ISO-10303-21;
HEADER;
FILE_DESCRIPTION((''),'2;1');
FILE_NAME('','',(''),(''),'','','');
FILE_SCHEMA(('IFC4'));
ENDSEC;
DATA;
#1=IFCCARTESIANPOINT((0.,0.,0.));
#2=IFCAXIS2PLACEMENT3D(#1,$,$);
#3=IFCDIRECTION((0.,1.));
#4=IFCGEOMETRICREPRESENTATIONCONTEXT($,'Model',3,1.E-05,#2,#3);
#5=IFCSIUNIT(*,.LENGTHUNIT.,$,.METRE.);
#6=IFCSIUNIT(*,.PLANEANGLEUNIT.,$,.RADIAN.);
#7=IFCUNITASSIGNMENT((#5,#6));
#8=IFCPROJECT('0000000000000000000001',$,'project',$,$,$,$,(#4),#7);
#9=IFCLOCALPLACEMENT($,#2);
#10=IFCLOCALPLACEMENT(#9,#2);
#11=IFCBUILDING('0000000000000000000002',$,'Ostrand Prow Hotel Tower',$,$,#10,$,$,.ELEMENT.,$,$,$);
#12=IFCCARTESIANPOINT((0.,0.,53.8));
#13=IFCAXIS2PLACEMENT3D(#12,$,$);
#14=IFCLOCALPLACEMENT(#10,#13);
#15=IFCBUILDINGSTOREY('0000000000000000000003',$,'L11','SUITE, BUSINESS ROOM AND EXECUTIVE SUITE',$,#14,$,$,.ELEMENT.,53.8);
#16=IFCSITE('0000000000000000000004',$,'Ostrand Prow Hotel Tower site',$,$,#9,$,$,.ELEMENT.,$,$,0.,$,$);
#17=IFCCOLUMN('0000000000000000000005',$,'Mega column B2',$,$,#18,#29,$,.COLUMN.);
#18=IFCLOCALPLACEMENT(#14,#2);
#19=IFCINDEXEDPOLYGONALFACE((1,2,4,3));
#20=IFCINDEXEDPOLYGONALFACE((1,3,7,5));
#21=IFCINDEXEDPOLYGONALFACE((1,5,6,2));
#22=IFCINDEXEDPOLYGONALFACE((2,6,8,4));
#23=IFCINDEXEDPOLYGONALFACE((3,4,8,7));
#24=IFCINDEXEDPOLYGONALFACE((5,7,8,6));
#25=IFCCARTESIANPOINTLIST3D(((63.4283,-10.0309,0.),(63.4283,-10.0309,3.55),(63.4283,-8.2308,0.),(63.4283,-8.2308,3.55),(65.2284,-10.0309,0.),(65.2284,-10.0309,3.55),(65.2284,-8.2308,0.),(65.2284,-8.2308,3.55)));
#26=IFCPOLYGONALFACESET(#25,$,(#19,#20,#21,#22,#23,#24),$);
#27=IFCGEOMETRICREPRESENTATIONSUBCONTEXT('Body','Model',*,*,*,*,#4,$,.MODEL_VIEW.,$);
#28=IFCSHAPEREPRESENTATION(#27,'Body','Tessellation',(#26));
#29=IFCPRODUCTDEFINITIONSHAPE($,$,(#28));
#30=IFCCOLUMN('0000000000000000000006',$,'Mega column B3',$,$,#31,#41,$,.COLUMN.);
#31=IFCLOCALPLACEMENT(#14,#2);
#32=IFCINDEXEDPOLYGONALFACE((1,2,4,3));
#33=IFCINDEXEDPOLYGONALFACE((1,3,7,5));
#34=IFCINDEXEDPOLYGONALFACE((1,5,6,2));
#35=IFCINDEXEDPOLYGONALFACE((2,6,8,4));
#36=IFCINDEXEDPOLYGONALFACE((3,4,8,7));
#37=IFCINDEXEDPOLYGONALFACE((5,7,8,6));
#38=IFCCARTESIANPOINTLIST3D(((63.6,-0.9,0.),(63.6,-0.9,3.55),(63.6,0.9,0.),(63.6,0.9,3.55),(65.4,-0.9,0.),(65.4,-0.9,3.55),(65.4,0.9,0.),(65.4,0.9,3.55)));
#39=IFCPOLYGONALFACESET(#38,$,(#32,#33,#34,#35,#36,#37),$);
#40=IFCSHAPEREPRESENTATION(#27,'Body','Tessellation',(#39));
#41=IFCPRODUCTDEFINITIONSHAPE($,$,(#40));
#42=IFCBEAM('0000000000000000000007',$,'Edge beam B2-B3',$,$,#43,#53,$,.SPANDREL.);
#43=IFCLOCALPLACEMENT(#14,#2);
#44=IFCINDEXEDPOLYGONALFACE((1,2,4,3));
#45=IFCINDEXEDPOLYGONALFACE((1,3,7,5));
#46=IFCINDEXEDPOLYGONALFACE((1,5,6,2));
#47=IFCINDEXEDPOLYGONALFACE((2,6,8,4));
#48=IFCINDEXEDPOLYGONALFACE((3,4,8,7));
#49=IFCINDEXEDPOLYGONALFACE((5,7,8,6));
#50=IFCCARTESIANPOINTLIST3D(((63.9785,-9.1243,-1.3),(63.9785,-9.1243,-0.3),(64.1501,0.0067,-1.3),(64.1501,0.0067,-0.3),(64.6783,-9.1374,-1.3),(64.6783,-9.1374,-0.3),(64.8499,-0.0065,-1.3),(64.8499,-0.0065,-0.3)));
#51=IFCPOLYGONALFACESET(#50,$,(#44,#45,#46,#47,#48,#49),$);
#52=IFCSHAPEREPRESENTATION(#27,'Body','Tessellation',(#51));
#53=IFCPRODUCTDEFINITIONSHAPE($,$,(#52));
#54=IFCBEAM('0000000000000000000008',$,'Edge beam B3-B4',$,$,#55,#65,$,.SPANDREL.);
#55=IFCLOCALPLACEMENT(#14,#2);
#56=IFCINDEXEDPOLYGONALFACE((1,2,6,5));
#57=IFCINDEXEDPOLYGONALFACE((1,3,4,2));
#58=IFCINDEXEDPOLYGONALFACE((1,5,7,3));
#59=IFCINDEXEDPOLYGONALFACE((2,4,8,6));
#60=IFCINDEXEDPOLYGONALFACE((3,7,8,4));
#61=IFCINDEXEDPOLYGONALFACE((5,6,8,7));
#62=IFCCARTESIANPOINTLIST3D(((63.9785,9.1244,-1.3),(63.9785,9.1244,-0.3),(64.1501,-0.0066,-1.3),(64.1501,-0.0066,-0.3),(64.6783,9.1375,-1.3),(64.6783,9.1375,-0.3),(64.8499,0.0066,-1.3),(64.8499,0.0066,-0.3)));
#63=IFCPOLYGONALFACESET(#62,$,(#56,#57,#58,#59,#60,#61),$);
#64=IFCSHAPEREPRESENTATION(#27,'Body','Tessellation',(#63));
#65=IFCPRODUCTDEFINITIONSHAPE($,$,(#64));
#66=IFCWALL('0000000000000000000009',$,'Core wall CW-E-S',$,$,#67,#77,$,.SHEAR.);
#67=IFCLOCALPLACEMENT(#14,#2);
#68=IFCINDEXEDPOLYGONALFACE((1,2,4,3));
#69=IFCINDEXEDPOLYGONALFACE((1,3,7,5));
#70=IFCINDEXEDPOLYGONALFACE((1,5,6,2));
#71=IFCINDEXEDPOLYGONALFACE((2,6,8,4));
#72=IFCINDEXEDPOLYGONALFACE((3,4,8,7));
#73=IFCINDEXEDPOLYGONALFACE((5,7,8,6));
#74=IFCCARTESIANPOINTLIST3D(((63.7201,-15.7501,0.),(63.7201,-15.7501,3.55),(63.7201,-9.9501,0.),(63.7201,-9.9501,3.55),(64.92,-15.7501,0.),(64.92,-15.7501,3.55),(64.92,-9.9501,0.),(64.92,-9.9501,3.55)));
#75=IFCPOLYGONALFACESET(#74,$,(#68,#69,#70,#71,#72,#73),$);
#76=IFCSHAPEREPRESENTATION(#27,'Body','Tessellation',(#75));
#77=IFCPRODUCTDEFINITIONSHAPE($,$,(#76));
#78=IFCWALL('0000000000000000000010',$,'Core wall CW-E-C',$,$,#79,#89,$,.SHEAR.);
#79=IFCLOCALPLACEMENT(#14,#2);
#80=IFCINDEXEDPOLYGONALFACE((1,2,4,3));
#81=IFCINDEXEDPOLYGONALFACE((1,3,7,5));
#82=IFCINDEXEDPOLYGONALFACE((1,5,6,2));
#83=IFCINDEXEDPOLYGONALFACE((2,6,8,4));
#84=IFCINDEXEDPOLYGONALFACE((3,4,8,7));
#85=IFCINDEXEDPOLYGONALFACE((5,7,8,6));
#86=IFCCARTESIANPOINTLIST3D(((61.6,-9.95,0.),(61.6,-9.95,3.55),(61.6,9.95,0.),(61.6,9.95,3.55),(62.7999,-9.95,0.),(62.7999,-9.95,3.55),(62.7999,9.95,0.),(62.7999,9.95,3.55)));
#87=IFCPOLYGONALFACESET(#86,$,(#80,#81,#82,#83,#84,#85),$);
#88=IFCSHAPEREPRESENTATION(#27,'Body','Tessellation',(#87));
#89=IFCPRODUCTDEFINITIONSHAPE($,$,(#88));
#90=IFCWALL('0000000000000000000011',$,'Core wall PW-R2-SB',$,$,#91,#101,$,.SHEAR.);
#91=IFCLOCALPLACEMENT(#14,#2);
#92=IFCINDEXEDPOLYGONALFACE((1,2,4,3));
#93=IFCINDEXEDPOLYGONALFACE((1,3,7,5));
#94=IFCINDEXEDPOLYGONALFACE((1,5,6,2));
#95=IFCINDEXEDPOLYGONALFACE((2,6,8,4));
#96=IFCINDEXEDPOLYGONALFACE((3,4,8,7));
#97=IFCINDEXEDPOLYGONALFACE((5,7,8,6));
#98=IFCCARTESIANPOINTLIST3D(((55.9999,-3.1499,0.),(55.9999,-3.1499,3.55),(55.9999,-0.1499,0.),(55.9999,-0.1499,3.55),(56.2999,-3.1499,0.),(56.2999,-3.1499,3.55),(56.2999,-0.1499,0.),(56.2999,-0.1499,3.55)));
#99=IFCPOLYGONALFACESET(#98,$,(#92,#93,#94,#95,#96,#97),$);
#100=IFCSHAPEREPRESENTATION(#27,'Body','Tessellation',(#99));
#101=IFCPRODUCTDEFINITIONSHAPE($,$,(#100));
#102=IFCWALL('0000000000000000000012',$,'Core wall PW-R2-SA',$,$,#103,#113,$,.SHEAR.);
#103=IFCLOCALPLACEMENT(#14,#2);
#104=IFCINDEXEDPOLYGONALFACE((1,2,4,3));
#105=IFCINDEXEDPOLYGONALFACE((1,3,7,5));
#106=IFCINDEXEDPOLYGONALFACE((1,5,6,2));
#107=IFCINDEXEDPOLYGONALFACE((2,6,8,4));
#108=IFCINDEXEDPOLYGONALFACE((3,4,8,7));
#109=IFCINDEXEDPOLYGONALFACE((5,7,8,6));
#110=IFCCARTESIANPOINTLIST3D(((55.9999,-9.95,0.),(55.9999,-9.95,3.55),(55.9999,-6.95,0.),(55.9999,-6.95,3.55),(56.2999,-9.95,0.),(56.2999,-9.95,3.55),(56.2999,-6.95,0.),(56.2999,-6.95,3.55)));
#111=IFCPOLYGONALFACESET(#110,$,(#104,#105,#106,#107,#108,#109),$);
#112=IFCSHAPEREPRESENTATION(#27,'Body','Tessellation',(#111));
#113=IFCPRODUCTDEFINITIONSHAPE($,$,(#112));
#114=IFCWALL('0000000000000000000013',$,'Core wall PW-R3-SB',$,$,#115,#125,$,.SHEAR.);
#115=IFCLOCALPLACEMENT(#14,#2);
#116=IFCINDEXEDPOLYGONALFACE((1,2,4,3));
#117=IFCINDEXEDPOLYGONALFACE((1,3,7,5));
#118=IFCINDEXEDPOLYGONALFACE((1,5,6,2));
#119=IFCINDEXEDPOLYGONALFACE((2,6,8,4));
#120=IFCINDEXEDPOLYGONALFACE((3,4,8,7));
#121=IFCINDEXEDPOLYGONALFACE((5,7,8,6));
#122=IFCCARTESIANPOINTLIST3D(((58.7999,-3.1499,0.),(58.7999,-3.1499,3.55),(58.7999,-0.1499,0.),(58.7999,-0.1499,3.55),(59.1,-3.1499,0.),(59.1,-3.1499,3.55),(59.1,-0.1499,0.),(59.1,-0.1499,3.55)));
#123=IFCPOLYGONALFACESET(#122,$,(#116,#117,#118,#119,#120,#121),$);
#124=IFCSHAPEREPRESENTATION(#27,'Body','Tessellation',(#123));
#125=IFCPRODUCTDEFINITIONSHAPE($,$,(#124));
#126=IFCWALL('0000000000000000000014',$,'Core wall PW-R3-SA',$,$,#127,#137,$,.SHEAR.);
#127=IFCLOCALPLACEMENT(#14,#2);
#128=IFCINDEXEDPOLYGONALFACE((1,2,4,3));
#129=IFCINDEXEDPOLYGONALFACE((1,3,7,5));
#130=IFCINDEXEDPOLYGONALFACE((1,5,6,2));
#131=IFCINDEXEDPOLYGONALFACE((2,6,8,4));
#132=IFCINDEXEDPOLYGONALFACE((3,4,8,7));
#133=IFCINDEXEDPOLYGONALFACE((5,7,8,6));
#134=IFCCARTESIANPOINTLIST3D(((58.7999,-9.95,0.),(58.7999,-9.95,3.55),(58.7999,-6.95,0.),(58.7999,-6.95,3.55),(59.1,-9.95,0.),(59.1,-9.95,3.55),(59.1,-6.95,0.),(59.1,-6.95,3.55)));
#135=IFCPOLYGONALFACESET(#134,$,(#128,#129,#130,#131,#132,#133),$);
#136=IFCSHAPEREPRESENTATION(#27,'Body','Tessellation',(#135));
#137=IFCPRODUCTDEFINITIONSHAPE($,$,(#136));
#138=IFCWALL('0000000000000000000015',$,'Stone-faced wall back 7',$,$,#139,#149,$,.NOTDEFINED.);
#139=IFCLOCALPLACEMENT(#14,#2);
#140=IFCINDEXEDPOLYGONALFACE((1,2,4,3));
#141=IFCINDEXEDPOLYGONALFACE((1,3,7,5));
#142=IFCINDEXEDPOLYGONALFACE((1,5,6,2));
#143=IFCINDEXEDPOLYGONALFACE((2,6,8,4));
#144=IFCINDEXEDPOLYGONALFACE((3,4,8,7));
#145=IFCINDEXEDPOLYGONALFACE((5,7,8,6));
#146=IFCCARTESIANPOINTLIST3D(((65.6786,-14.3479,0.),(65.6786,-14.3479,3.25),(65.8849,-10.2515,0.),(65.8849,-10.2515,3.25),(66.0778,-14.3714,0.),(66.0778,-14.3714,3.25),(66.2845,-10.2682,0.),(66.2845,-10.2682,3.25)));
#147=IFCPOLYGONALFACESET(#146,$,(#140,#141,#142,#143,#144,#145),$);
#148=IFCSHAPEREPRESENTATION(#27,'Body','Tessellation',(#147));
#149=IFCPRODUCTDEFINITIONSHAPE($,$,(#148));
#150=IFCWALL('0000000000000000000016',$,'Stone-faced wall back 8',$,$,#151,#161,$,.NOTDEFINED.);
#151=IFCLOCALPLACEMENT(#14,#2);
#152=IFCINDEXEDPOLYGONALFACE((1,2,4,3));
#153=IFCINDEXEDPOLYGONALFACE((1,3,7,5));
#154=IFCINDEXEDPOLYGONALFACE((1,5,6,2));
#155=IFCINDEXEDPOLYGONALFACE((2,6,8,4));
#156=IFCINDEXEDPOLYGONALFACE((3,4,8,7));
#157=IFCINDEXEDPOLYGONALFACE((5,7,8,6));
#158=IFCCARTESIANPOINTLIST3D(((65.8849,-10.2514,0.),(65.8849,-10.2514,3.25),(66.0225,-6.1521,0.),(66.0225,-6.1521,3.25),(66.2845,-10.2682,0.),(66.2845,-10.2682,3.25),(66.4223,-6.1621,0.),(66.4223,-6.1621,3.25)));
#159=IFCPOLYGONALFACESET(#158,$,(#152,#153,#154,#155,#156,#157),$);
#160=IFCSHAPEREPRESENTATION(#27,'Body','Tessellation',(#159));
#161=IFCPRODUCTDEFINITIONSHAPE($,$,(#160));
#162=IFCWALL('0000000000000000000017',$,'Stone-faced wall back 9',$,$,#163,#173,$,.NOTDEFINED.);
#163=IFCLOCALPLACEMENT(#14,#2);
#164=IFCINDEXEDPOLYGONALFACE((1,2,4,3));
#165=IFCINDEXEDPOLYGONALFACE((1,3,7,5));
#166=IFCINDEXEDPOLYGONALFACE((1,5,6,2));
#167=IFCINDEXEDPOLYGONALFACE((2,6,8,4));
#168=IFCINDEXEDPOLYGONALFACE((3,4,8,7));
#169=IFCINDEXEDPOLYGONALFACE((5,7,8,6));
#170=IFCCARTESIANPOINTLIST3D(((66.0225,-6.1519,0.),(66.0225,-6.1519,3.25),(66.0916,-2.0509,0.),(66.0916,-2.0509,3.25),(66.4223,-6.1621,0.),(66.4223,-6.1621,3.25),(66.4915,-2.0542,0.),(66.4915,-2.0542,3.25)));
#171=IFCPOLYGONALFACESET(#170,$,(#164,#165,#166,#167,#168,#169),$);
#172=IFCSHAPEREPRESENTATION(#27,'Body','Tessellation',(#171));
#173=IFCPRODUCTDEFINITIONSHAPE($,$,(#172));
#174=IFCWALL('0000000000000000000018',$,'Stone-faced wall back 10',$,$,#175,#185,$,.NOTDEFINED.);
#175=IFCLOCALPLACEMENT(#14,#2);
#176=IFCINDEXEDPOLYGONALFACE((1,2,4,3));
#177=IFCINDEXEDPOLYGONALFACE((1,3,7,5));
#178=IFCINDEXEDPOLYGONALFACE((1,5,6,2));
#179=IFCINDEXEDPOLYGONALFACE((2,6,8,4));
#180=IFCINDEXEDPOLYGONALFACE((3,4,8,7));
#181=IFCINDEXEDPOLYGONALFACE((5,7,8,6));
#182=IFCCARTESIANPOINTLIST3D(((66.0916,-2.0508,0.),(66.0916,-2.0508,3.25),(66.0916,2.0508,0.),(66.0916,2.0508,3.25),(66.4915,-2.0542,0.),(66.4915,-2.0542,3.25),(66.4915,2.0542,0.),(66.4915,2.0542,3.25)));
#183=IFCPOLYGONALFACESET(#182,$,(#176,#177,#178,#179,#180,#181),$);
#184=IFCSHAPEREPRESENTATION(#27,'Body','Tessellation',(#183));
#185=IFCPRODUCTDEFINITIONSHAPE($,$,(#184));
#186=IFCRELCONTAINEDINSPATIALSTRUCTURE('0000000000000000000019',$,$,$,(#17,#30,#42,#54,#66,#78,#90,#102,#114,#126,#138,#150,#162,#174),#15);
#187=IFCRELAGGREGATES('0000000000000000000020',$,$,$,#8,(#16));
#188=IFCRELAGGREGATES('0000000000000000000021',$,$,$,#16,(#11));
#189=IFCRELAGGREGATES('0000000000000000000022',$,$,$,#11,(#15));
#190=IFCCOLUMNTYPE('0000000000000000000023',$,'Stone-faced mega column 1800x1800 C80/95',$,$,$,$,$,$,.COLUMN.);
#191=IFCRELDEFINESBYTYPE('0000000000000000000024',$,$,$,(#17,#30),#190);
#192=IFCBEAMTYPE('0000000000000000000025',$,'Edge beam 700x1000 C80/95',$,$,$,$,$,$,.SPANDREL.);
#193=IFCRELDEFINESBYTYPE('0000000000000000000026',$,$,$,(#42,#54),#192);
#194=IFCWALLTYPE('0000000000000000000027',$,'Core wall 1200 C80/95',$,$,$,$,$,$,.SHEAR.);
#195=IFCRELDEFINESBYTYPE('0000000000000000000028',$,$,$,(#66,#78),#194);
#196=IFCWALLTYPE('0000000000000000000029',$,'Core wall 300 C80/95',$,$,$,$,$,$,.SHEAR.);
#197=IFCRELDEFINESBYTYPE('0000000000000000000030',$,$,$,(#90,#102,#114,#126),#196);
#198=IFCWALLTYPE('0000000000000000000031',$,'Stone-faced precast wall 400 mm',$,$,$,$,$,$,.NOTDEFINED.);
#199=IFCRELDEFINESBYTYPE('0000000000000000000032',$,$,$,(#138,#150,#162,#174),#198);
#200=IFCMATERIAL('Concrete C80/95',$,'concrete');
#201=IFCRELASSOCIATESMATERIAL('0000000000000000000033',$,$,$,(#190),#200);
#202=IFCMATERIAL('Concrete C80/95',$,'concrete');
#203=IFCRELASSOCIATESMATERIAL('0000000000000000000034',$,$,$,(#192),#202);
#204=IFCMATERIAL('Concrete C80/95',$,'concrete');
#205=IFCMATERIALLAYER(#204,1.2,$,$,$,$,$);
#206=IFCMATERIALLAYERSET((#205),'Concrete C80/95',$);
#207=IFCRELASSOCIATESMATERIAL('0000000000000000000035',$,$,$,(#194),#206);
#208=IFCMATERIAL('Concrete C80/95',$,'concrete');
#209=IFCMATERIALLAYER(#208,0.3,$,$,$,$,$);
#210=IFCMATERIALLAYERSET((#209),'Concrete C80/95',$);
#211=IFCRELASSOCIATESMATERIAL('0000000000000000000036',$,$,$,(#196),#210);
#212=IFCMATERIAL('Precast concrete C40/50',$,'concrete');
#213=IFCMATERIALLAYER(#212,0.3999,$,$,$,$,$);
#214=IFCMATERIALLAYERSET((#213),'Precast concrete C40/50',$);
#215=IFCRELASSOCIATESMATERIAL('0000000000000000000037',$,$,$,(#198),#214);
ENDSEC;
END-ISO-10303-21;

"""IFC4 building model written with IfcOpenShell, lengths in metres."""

from ifc_helpers import new_model, si_unit, direction, frame, frame_2d, origin, origin_2d, place, context, subcontext, project, spatial, polyline, rectangle, outline, extrude, material, layer, layer_set, material_profile, profile_set, type_object, element, save


model = new_model("IFC4")

# Units and contexts
model_context = context("Model", 3, precision=1e-05, world=origin(), true_north=direction((0.0, 1.0)))
body_context = subcontext(model_context, "Body", "Model", "MODEL_VIEW")
ifc_project = project(units=[si_unit("LENGTHUNIT", "METRE"), si_unit("PLANEANGLEUNIT", "RADIAN")], contexts=[model_context])

# Site, building, storey
site_placement = place(None, origin())
site = spatial("IfcSite", under=ifc_project, at=site_placement, Name="Ostrand Prow Hotel Tower site", CompositionType="ELEMENT", RefElevation=0.0)
building_placement = place(site_placement, origin())
building = spatial("IfcBuilding", under=site, at=building_placement, Name="Ostrand Prow Hotel Tower", CompositionType="ELEMENT")
storey_placement = place(building_placement, frame((0.0, 0.0, 53.8)))
storey = spatial("IfcBuildingStorey", under=building, at=storey_placement, Name="L11", Description="SUITE, BUSINESS ROOM AND EXECUTIVE SUITE", CompositionType="ELEMENT", Elevation=53.8)

# Columns
ifc_material_1 = material(Name="Concrete C80/95", Category="concrete")
ifc_material_profile_1 = material_profile(ifc_material_1, rectangle(XDim=1.8, YDim=1.8, at=origin_2d()), Name="RC 1800x1800")
ifc_profile_set_1 = profile_set([ifc_material_profile_1], Name="Concrete C80/95")
column_type = type_object("IfcColumnType", Name="Stone-faced mega column 1800x1800 C80/95", PredefinedType="COLUMN", material=ifc_profile_set_1)
for number, where, z_axis, x_axis, name in (
    (1, (64.3284, -9.1309, 0.0), (0.0, 0.0, 1.0), (1.0, 0.0, 0.0), "Mega column B2"),
    (2, (64.5, 0.0, 0.0), (0.0, 0.0, 1.0), (1.0, 0.0, 0.0), "Mega column B3"),
):
    element("IfcColumn", number, at=place(storey_placement, frame(where, z_axis=z_axis, x_axis=x_axis)), inside=storey, type_object=column_type, Name=name, PredefinedType="COLUMN", context=body_context, shape_type="SweptSolid", body=[
        extrude(rectangle(XDim=1.8, YDim=1.8, at=origin_2d()), origin(), (0.0, 0.0, 1.0), 3.55),
    ])

# Beams
ifc_material_2 = material(Name="Concrete C80/95", Category="concrete")
ifc_material_profile_2 = material_profile(ifc_material_2, rectangle(XDim=0.7, YDim=1.0, at=origin_2d()), Name="RC 700x1000")
ifc_profile_set_2 = profile_set([ifc_material_profile_2], Name="Concrete C80/95")
beam_type = type_object("IfcBeamType", Name="Edge beam 700x1000 C80/95", PredefinedType="SPANDREL", material=ifc_profile_set_2)
for number, where, z_axis, x_axis, name in (
    (3, (64.3284, -9.1309, -0.8), (0.018793, 0.999823, 0.0), (-0.999823, 0.018793, 0.0), "Edge beam B2-B3"),
    (4, (64.5, 0.0, -0.8), (-0.018793, 0.999823, 0.0), (-0.999823, -0.018793, 0.0), "Edge beam B3-B4"),
):
    element("IfcBeam", number, at=place(storey_placement, frame(where, z_axis=z_axis, x_axis=x_axis)), inside=storey, type_object=beam_type, Name=name, PredefinedType="SPANDREL", context=body_context, shape_type="SweptSolid", body=[
        extrude(rectangle(XDim=0.7, YDim=1.0, at=origin_2d()), origin(), (0.0, 0.0, 1.0), 9.1326),
    ])

# Walls
ifc_material_3 = material(Name="Concrete C80/95", Category="concrete")
ifc_layer_1 = layer(ifc_material_3, 1.2)
ifc_layer_set_1 = layer_set([ifc_layer_1], Name="Concrete C80/95")
wall_type_1 = type_object("IfcWallType", Name="Core wall 1200 C80/95", PredefinedType="SHEAR", material=ifc_layer_set_1)
wall_1_placement = place(storey_placement, frame((64.3201, -15.75, 0.0), z_axis=(0.0, 0.0, 1.0), x_axis=(0.0, 1.0, 0.0)))
element("IfcWall", 5, at=wall_1_placement, inside=storey, type_object=wall_type_1, Name="Core wall CW-E-S", PredefinedType="SHEAR", context=body_context, shape_type="SweptSolid", body=[
    extrude(rectangle(XDim=5.8, YDim=1.2, at=frame_2d((2.8999, 0.0))), origin(), (0.0, 0.0, 1.0), 3.55),
])
wall_2_placement = place(storey_placement, frame((62.2, -9.95, 0.0), z_axis=(0.0, 0.0, 1.0), x_axis=(0.0, 1.0, 0.0)))
element("IfcWall", 6, at=wall_2_placement, inside=storey, type_object=wall_type_1, Name="Core wall CW-E-C", PredefinedType="SHEAR", context=body_context, shape_type="SweptSolid", body=[
    extrude(rectangle(XDim=19.8999, YDim=1.2, at=frame_2d((9.95, 0.0))), origin(), (0.0, 0.0, 1.0), 3.55),
])
ifc_material_4 = material(Name="Concrete C80/95", Category="concrete")
ifc_layer_2 = layer(ifc_material_4, 0.3)
ifc_layer_set_2 = layer_set([ifc_layer_2], Name="Concrete C80/95")
wall_type_2 = type_object("IfcWallType", Name="Core wall 300 C80/95", PredefinedType="SHEAR", material=ifc_layer_set_2)
for number, where, z_axis, x_axis, name in (
    (7, (56.1499, -3.1499, 0.0), (0.0, 0.0, 1.0), (0.0, 1.0, 0.0), "Core wall PW-R2-SB"),
    (8, (56.1499, -9.95, 0.0), (0.0, 0.0, 1.0), (0.0, 1.0, 0.0), "Core wall PW-R2-SA"),
    (9, (58.95, -3.1499, 0.0), (0.0, 0.0, 1.0), (0.0, 1.0, 0.0), "Core wall PW-R3-SB"),
    (10, (58.95, -9.95, 0.0), (0.0, 0.0, 1.0), (0.0, 1.0, 0.0), "Core wall PW-R3-SA"),
):
    element("IfcWall", number, at=place(storey_placement, frame(where, z_axis=z_axis, x_axis=x_axis)), inside=storey, type_object=wall_type_2, Name=name, PredefinedType="SHEAR", context=body_context, shape_type="SweptSolid", body=[
        extrude(rectangle(XDim=3.0, YDim=0.3, at=frame_2d((1.5, 0.0))), origin(), (0.0, 0.0, 1.0), 3.55),
    ])
ifc_material_5 = material(Name="Precast concrete C40/50", Category="concrete")
ifc_layer_3 = layer(ifc_material_5, 0.3999)
ifc_layer_set_3 = layer_set([ifc_layer_3], Name="Precast concrete C40/50")
wall_type_3 = type_object("IfcWallType", Name="Stone-faced precast wall 400 mm", PredefinedType="NOTDEFINED", material=ifc_layer_set_3)
for number, where, z_axis, x_axis, name in (
    (11, (65.8782, -14.3596, 0.0), (0.0, 0.0, 1.0), (0.050314, 0.998733, 0.0), "Stone-faced wall back 7"),
    (12, (66.0847, -10.2598, 0.0), (0.0, 0.0, 1.0), (0.033543, 0.999437, 0.0), "Stone-faced wall back 8"),
    (13, (66.2224, -6.157, 0.0), (0.0, 0.0, 1.0), (0.016831, 0.999858, 0.0), "Stone-faced wall back 9"),
    (14, (66.2915, -2.0525, 0.0), (0.0, 0.0, 1.0), (0.0, 1.0, 0.0), "Stone-faced wall back 10"),
):
    element("IfcWall", number, at=place(storey_placement, frame(where, z_axis=z_axis, x_axis=x_axis)), inside=storey, type_object=wall_type_3, Name=name, PredefinedType="NOTDEFINED", context=body_context, shape_type="SweptSolid", body=[
        extrude(outline(polyline([(-0.0017, -0.2), (4.1067, -0.2), (4.1033, 0.2), (0.0017, 0.2), (-0.0017, -0.2)])), origin(), (0.0, 0.0, 1.0), 3.25),
    ])

save(model, "model.ifc")
